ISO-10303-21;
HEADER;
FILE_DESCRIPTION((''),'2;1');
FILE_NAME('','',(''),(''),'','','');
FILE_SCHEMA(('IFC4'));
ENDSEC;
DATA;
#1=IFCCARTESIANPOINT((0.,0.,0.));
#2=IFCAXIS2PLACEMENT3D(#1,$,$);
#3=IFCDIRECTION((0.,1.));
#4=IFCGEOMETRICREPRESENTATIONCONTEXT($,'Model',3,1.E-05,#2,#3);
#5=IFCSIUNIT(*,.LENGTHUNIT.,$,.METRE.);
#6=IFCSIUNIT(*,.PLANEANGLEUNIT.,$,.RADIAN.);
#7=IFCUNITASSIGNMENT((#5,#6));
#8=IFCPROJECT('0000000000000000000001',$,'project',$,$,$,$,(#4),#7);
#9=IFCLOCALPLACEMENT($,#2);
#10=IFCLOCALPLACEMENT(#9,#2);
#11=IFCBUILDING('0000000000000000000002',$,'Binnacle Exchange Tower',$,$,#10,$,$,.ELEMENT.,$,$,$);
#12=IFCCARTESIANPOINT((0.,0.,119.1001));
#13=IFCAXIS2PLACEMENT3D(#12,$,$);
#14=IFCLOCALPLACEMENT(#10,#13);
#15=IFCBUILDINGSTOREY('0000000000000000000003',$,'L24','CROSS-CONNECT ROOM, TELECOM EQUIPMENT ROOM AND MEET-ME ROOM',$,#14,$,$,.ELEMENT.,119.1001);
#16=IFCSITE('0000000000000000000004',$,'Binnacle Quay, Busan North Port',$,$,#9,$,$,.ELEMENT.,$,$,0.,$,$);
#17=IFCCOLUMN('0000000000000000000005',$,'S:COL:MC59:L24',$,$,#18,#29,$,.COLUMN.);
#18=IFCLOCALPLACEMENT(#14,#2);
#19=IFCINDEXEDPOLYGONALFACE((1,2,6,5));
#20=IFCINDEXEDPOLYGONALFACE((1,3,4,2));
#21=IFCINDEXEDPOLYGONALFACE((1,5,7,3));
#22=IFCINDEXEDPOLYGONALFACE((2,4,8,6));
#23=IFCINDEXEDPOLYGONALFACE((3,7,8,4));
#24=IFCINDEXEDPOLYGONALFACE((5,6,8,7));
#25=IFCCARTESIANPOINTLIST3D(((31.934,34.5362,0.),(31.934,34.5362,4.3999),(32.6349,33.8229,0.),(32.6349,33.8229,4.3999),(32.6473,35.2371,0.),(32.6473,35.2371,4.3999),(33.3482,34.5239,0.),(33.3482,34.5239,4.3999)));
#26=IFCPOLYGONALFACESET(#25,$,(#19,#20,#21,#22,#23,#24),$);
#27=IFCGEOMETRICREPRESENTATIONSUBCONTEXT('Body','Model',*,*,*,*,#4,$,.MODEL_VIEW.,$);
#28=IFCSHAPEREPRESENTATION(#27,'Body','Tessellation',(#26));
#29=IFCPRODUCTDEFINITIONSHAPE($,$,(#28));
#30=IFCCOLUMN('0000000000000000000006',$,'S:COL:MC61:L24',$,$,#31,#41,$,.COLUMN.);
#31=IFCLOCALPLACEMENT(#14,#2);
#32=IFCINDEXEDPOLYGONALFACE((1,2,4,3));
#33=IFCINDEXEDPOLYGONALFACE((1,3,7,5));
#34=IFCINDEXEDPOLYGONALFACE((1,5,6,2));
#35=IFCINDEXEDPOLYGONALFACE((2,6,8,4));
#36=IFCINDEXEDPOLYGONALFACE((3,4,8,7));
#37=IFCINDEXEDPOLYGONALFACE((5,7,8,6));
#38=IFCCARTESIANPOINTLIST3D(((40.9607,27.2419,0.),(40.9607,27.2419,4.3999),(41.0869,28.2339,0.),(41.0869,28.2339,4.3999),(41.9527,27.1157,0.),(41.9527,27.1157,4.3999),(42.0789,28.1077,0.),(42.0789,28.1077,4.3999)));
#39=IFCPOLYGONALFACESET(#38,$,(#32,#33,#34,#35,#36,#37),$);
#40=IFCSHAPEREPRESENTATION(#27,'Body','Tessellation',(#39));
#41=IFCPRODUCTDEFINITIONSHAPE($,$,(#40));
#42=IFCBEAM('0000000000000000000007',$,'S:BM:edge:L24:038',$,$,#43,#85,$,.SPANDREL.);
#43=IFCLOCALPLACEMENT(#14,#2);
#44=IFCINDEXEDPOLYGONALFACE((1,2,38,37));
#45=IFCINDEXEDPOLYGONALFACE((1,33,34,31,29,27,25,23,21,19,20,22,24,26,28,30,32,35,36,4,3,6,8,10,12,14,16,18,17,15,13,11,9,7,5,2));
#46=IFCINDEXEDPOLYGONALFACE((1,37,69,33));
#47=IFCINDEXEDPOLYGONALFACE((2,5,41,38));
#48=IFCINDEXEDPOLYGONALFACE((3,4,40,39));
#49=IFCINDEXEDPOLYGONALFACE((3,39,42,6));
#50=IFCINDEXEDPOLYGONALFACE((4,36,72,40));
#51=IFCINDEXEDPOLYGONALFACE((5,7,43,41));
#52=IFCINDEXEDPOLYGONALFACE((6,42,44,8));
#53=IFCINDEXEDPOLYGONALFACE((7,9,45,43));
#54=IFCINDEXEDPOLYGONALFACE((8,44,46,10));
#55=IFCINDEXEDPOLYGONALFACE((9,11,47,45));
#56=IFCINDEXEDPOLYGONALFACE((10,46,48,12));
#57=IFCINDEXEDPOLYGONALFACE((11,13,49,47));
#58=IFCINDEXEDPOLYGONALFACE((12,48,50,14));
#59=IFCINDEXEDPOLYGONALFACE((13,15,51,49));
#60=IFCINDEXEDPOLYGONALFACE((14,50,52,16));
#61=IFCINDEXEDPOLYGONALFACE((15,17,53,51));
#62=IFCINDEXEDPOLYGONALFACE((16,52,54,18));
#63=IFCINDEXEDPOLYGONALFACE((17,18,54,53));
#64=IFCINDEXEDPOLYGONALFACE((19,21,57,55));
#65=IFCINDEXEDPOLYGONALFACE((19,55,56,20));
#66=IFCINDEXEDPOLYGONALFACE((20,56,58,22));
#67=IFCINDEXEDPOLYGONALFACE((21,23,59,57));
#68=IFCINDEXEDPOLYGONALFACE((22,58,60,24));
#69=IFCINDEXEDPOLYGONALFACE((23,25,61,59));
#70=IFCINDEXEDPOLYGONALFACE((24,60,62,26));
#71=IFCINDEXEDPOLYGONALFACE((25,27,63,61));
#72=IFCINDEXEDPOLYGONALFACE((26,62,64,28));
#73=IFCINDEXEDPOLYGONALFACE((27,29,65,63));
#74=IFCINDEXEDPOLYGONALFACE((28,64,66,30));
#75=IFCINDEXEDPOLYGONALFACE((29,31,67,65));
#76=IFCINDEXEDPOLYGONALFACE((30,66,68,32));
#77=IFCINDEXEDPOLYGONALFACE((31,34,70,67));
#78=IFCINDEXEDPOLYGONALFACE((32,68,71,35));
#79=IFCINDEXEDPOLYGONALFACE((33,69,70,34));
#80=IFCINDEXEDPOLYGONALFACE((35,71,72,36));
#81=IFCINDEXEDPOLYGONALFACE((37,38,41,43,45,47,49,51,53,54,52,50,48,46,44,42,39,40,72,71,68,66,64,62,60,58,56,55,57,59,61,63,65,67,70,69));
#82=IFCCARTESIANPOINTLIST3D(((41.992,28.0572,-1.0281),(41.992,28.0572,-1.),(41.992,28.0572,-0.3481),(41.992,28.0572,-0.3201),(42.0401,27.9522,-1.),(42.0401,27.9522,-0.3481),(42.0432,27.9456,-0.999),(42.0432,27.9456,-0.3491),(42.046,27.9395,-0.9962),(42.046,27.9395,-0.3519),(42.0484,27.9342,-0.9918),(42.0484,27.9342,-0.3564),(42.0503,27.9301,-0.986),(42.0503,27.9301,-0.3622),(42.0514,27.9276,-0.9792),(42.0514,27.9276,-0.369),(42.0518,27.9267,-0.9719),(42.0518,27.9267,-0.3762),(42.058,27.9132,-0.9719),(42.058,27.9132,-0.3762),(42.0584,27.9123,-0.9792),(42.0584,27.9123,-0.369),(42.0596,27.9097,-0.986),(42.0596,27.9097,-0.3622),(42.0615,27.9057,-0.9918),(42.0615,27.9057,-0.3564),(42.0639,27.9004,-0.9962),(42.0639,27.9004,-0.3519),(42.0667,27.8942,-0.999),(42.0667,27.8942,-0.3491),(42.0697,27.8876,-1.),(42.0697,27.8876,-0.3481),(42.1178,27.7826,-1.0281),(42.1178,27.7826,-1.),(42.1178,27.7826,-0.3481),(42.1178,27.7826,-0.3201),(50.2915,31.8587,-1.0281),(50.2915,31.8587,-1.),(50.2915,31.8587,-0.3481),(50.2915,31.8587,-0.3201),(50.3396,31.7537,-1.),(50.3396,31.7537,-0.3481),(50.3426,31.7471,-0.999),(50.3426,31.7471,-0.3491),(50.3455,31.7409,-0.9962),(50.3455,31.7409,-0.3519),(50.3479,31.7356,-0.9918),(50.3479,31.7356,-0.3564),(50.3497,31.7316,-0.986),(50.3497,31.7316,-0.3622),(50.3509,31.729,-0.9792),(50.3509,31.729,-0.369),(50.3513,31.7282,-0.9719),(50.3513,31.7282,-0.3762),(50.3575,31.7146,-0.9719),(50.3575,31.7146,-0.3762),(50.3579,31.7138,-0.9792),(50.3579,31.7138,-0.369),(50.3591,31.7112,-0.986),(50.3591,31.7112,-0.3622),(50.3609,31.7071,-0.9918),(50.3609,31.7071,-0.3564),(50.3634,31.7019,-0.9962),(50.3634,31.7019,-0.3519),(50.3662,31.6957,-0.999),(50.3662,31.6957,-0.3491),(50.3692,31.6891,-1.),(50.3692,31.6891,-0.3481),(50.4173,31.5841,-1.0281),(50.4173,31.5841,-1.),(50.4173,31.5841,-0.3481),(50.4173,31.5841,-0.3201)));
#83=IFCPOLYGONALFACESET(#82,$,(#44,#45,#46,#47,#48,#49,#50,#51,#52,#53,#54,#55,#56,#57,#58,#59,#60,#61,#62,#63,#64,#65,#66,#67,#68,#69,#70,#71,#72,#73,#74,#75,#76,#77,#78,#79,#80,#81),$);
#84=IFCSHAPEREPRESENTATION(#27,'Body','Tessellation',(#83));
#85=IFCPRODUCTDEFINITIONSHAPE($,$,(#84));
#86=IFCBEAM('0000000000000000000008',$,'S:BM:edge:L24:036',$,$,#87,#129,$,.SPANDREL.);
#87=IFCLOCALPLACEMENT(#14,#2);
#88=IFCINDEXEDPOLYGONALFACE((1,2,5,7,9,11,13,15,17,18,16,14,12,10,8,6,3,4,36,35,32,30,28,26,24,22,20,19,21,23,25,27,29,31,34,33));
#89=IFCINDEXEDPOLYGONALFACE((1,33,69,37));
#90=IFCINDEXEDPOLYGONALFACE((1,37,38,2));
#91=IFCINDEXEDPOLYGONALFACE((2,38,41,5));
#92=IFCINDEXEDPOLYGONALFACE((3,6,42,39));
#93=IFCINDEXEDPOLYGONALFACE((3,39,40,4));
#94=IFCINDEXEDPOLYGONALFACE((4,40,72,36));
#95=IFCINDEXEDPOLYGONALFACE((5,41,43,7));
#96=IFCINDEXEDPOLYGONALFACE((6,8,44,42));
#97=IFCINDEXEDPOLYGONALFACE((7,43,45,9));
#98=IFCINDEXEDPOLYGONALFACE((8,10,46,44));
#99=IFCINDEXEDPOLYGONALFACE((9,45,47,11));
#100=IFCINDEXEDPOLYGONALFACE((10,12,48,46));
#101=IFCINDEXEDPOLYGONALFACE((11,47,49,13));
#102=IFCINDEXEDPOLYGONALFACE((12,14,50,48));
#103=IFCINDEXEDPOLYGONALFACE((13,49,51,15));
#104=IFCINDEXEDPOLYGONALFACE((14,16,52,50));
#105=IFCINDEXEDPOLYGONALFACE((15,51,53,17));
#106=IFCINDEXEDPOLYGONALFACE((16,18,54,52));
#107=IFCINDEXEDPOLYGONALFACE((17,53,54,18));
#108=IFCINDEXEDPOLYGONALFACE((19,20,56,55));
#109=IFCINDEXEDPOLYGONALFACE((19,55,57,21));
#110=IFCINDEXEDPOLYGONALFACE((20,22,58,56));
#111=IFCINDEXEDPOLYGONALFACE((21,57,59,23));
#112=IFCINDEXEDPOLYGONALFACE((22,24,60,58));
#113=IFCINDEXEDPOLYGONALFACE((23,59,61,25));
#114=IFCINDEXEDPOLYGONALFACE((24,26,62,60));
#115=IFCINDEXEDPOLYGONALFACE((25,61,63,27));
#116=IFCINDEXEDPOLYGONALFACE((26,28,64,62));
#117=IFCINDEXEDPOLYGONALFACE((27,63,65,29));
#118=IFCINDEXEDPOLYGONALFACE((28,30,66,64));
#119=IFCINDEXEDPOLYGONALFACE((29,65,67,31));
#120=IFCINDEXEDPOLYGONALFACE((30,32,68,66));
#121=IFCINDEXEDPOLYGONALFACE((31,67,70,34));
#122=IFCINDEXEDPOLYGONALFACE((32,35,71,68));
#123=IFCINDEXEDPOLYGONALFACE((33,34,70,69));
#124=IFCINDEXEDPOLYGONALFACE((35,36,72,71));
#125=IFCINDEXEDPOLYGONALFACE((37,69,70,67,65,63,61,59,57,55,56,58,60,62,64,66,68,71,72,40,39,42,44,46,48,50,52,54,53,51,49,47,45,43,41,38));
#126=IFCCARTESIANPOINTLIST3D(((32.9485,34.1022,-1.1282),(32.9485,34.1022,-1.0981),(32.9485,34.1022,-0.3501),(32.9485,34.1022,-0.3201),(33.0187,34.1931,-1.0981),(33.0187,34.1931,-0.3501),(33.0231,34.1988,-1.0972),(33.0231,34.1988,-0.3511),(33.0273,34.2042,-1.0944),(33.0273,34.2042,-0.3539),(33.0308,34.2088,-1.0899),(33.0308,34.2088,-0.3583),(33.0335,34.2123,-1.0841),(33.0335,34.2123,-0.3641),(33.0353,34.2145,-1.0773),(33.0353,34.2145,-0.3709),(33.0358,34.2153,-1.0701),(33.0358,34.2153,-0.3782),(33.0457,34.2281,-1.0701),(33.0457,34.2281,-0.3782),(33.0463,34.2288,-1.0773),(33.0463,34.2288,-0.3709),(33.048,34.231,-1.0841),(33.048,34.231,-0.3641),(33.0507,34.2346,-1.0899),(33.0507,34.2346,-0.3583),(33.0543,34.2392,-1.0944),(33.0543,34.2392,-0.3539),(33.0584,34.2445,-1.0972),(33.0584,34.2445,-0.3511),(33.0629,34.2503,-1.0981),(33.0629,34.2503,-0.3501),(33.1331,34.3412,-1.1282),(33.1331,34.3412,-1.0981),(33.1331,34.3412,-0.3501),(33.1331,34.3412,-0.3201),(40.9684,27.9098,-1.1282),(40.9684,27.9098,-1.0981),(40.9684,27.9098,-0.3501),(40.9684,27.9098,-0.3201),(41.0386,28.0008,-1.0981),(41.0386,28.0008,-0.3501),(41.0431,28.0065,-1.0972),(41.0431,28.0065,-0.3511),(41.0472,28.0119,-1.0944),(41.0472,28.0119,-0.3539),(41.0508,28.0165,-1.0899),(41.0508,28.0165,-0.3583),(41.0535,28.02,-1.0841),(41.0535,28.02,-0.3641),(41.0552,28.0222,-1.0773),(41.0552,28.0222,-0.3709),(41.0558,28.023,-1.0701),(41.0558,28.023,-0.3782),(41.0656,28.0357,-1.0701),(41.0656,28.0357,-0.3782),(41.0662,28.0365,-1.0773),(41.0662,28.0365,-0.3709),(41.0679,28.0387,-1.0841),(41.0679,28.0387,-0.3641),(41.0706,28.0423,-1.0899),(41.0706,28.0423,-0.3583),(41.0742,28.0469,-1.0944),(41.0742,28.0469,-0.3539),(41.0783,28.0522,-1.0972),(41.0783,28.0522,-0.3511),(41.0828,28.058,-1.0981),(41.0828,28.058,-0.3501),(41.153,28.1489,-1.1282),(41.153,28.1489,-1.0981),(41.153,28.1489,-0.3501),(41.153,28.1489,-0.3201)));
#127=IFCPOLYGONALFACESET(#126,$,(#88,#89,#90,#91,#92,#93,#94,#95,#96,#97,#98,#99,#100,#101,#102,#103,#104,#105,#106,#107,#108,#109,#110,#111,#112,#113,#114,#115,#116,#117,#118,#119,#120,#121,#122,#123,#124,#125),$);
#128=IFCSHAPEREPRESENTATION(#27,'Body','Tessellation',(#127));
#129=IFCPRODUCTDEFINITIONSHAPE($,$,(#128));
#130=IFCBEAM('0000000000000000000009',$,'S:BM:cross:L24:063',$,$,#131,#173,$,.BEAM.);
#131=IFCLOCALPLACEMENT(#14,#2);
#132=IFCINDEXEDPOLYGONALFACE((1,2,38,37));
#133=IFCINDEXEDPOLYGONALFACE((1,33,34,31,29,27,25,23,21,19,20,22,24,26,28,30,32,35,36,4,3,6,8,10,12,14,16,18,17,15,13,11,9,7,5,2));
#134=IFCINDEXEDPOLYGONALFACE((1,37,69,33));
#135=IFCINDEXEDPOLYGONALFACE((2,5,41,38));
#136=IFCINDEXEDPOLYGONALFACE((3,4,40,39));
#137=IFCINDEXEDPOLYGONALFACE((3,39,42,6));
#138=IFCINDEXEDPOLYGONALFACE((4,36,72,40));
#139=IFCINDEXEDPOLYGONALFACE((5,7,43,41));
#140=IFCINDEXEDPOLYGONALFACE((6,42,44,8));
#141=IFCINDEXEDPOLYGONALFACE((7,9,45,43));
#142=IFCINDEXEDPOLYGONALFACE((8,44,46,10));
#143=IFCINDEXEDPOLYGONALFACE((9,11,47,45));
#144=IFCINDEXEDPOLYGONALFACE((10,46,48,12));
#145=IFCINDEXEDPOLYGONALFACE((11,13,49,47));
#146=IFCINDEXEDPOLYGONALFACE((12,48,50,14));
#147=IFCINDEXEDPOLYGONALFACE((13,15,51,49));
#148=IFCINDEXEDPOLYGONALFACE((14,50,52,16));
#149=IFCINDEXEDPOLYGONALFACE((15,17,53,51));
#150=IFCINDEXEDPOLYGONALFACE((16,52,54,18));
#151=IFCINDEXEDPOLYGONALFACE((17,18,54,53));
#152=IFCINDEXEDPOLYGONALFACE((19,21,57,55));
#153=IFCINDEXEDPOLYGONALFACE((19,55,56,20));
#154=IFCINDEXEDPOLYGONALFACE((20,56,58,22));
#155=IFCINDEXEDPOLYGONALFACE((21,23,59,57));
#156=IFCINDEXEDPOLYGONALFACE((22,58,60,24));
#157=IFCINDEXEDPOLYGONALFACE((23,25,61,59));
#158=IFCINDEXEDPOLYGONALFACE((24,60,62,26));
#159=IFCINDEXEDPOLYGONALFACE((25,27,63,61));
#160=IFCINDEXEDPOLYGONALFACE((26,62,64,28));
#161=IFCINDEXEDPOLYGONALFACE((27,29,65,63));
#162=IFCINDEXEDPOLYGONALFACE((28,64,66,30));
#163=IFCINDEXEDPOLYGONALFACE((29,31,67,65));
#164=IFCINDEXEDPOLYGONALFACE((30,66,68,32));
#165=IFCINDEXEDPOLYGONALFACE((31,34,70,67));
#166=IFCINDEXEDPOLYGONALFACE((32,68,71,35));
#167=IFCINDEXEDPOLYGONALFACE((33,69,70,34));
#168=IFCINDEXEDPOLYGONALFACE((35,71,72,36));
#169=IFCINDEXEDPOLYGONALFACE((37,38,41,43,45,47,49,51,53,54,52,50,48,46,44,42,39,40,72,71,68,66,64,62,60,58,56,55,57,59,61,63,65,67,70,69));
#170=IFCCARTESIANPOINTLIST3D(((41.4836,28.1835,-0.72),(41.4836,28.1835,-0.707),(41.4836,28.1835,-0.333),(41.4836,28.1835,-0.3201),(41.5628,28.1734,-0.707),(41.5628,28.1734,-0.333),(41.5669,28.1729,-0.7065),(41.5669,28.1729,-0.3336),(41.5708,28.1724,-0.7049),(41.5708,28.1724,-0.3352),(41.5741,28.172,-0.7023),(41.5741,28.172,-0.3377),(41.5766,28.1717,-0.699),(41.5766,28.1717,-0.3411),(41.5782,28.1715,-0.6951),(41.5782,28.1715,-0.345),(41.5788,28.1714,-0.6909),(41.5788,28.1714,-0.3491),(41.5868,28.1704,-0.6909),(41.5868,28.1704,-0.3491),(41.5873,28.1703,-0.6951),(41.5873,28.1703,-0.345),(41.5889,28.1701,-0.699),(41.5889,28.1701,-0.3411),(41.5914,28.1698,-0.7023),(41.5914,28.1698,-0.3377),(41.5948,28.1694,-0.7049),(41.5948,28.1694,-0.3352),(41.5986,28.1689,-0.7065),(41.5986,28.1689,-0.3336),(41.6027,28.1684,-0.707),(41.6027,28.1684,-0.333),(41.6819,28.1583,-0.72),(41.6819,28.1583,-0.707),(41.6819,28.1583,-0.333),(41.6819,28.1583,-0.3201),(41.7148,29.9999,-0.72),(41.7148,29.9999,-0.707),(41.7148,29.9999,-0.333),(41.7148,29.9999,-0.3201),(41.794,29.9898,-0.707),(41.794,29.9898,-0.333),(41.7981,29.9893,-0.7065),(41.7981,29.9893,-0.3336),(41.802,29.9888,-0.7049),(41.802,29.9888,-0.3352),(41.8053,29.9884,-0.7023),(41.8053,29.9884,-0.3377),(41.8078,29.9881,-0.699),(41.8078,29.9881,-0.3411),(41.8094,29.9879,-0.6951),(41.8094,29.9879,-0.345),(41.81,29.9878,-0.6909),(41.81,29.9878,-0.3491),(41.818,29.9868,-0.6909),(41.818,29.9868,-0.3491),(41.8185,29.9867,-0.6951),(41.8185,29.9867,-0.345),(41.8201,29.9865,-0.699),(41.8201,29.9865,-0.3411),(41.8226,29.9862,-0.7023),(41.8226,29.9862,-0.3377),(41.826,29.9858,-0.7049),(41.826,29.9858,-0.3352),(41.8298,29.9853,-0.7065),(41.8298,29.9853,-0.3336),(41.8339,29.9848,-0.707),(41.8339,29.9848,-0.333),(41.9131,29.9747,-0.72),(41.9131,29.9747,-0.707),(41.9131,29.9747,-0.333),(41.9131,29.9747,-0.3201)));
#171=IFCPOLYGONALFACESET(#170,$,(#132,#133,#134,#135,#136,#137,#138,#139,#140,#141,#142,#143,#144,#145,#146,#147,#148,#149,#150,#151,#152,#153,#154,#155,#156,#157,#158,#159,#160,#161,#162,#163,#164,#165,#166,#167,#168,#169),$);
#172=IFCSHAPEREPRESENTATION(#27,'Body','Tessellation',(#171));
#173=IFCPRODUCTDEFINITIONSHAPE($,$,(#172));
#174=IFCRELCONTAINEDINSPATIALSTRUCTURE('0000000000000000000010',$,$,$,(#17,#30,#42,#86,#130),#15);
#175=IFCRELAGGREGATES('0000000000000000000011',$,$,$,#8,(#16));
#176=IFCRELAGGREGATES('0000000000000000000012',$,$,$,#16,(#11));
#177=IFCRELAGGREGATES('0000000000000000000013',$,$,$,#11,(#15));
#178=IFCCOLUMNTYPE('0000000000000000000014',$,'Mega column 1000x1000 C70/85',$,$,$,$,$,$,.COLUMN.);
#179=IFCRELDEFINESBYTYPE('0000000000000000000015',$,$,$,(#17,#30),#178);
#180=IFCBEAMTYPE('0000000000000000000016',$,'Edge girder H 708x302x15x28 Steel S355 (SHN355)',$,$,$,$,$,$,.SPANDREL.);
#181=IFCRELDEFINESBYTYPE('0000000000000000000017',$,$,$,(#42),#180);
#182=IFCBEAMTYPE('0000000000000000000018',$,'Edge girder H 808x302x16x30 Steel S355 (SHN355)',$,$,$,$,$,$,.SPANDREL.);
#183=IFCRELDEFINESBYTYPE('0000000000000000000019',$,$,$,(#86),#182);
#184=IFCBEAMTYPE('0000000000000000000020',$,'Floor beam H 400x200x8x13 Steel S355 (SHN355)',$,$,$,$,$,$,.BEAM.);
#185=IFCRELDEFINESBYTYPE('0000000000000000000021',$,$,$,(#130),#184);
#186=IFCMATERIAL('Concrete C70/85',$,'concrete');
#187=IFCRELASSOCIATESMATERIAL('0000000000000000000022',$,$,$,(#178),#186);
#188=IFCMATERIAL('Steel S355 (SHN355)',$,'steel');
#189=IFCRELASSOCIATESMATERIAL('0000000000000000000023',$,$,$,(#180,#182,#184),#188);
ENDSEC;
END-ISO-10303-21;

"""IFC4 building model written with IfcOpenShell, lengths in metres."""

from ifc_helpers import new_model, si_unit, direction, frame, origin, origin_2d, place, context, subcontext, project, spatial, rectangle, i_section, extrude, material, material_profile, profile_set, type_object, element, save


model = new_model("IFC4")

# Units and contexts
model_context = context("Model", 3, precision=1e-05, world=origin(), true_north=direction((0.0, 1.0)))
body_context = subcontext(model_context, "Body", "Model", "MODEL_VIEW")
ifc_project = project(units=[si_unit("LENGTHUNIT", "METRE"), si_unit("PLANEANGLEUNIT", "RADIAN")], contexts=[model_context])

# Site, building, storey
site_placement = place(None, origin())
site = spatial("IfcSite", under=ifc_project, at=site_placement, Name="Binnacle Quay, Busan North Port", CompositionType="ELEMENT", RefElevation=0.0)
building_placement = place(site_placement, origin())
building = spatial("IfcBuilding", under=site, at=building_placement, Name="Binnacle Exchange Tower", CompositionType="ELEMENT")
storey_placement = place(building_placement, frame((0.0, 0.0, 119.1001)))
storey = spatial("IfcBuildingStorey", under=building, at=storey_placement, Name="L24", Description="CROSS-CONNECT ROOM, TELECOM EQUIPMENT ROOM AND MEET-ME ROOM", CompositionType="ELEMENT", Elevation=119.1001)

# Columns
ifc_material_1 = material(Name="Concrete C70/85", Category="concrete")
ifc_material_profile_1 = material_profile(ifc_material_1, rectangle(XDim=1.0, YDim=1.0, at=origin_2d()), Name="Mega column 1000x1000 C70/85")
ifc_profile_set_1 = profile_set([ifc_material_profile_1], Name="Concrete C70/85")
column_type = type_object("IfcColumnType", Name="Mega column 1000x1000 C70/85", PredefinedType="COLUMN", material=ifc_profile_set_1)
for number, where, z_axis, x_axis, name in (
    (1, (32.6411, 34.53, 0.0), (0.0, 0.0, 1.0), (0.700909, -0.71325, 0.0), "S:COL:MC59:L24"),
    (2, (41.5198, 27.6748, 0.0), (0.0, 0.0, 1.0), (0.992005, -0.126199, 0.0), "S:COL:MC61:L24"),
):
    element("IfcColumn", number, at=place(storey_placement, frame(where, z_axis=z_axis, x_axis=x_axis)), inside=storey, type_object=column_type, Name=name, PredefinedType="COLUMN", context=body_context, shape_type="SweptSolid", body=[
        extrude(rectangle(XDim=1.0, YDim=1.0, at=origin_2d()), origin(), (0.0, 0.0, 1.0), 4.3999),
    ])

# Beams
ifc_material_2 = material(Name="Steel S355 (SHN355)", Category="steel")
ifc_material_profile_2 = material_profile(ifc_material_2, i_section(OverallWidth=0.302, OverallDepth=0.708, WebThickness=0.0149, FlangeThickness=0.0281, FilletRadius=0.0281, at=origin_2d()), Name="H 708x302x15x28")
ifc_profile_set_2 = profile_set([ifc_material_profile_2], Name="Steel S355 (SHN355)")
beam_type_1 = type_object("IfcBeamType", Name="Edge girder H 708x302x15x28 Steel S355 (SHN355)", PredefinedType="SPANDREL", material=ifc_profile_set_2)
beam_1_placement = place(storey_placement, frame((42.0549, 27.9199, -0.6741), z_axis=(0.909167, 0.416433, 0.0), x_axis=(-0.416433, 0.909167, 0.0)))
element("IfcBeam", 3, at=beam_1_placement, inside=storey, type_object=beam_type_1, Name="S:BM:edge:L24:038", PredefinedType="SPANDREL", context=body_context, shape_type="SweptSolid", body=[
    extrude(i_section(OverallWidth=0.302, OverallDepth=0.708, WebThickness=0.0149, FlangeThickness=0.0281, FilletRadius=0.0281, at=origin_2d()), origin(), (0.0, 0.0, 1.0), 9.1287),
])
ifc_material_profile_3 = material_profile(ifc_material_2, i_section(OverallWidth=0.302, OverallDepth=0.8081, WebThickness=0.0161, FlangeThickness=0.03, FilletRadius=0.0281, at=origin_2d()), Name="H 808x302x16x30")
ifc_profile_set_3 = profile_set([ifc_material_profile_3], Name="Steel S355 (SHN355)")
beam_type_2 = type_object("IfcBeamType", Name="Edge girder H 808x302x16x30 Steel S355 (SHN355)", PredefinedType="SPANDREL", material=ifc_profile_set_3)
beam_2_placement = place(storey_placement, frame((33.0408, 34.2217, -0.7241), z_axis=(0.791519, -0.611144, 0.0), x_axis=(0.611144, 0.791519, 0.0)))
element("IfcBeam", 4, at=beam_2_placement, inside=storey, type_object=beam_type_2, Name="S:BM:edge:L24:036", PredefinedType="SPANDREL", context=body_context, shape_type="SweptSolid", body=[
    extrude(i_section(OverallWidth=0.302, OverallDepth=0.8081, WebThickness=0.0161, FlangeThickness=0.03, FilletRadius=0.0281, at=origin_2d()), origin(), (0.0, 0.0, 1.0), 10.1323),
])
ifc_material_profile_4 = material_profile(ifc_material_2, i_section(OverallWidth=0.2, OverallDepth=0.3999, WebThickness=0.0081, FlangeThickness=0.0129, FilletRadius=0.0161, at=origin_2d()), Name="H 400x200x8x13")
ifc_profile_set_4 = profile_set([ifc_material_profile_4], Name="Steel S355 (SHN355)")
beam_type_3 = type_object("IfcBeamType", Name="Floor beam H 400x200x8x13 Steel S355 (SHN355)", PredefinedType="BEAM", material=ifc_profile_set_4)
beam_3_placement = place(storey_placement, frame((41.5828, 28.1709, -0.52), z_axis=(0.126266, 0.991996, 0.0), x_axis=(-0.991996, 0.126266, 0.0)))
element("IfcBeam", 5, at=beam_3_placement, inside=storey, type_object=beam_type_3, Name="S:BM:cross:L24:063", PredefinedType="BEAM", context=body_context, shape_type="SweptSolid", body=[
    extrude(i_section(OverallWidth=0.2, OverallDepth=0.3999, WebThickness=0.0081, FlangeThickness=0.0129, FilletRadius=0.0161, at=origin_2d()), origin(), (0.0, 0.0, 1.0), 1.8311),
])

save(model, "model.ifc")
